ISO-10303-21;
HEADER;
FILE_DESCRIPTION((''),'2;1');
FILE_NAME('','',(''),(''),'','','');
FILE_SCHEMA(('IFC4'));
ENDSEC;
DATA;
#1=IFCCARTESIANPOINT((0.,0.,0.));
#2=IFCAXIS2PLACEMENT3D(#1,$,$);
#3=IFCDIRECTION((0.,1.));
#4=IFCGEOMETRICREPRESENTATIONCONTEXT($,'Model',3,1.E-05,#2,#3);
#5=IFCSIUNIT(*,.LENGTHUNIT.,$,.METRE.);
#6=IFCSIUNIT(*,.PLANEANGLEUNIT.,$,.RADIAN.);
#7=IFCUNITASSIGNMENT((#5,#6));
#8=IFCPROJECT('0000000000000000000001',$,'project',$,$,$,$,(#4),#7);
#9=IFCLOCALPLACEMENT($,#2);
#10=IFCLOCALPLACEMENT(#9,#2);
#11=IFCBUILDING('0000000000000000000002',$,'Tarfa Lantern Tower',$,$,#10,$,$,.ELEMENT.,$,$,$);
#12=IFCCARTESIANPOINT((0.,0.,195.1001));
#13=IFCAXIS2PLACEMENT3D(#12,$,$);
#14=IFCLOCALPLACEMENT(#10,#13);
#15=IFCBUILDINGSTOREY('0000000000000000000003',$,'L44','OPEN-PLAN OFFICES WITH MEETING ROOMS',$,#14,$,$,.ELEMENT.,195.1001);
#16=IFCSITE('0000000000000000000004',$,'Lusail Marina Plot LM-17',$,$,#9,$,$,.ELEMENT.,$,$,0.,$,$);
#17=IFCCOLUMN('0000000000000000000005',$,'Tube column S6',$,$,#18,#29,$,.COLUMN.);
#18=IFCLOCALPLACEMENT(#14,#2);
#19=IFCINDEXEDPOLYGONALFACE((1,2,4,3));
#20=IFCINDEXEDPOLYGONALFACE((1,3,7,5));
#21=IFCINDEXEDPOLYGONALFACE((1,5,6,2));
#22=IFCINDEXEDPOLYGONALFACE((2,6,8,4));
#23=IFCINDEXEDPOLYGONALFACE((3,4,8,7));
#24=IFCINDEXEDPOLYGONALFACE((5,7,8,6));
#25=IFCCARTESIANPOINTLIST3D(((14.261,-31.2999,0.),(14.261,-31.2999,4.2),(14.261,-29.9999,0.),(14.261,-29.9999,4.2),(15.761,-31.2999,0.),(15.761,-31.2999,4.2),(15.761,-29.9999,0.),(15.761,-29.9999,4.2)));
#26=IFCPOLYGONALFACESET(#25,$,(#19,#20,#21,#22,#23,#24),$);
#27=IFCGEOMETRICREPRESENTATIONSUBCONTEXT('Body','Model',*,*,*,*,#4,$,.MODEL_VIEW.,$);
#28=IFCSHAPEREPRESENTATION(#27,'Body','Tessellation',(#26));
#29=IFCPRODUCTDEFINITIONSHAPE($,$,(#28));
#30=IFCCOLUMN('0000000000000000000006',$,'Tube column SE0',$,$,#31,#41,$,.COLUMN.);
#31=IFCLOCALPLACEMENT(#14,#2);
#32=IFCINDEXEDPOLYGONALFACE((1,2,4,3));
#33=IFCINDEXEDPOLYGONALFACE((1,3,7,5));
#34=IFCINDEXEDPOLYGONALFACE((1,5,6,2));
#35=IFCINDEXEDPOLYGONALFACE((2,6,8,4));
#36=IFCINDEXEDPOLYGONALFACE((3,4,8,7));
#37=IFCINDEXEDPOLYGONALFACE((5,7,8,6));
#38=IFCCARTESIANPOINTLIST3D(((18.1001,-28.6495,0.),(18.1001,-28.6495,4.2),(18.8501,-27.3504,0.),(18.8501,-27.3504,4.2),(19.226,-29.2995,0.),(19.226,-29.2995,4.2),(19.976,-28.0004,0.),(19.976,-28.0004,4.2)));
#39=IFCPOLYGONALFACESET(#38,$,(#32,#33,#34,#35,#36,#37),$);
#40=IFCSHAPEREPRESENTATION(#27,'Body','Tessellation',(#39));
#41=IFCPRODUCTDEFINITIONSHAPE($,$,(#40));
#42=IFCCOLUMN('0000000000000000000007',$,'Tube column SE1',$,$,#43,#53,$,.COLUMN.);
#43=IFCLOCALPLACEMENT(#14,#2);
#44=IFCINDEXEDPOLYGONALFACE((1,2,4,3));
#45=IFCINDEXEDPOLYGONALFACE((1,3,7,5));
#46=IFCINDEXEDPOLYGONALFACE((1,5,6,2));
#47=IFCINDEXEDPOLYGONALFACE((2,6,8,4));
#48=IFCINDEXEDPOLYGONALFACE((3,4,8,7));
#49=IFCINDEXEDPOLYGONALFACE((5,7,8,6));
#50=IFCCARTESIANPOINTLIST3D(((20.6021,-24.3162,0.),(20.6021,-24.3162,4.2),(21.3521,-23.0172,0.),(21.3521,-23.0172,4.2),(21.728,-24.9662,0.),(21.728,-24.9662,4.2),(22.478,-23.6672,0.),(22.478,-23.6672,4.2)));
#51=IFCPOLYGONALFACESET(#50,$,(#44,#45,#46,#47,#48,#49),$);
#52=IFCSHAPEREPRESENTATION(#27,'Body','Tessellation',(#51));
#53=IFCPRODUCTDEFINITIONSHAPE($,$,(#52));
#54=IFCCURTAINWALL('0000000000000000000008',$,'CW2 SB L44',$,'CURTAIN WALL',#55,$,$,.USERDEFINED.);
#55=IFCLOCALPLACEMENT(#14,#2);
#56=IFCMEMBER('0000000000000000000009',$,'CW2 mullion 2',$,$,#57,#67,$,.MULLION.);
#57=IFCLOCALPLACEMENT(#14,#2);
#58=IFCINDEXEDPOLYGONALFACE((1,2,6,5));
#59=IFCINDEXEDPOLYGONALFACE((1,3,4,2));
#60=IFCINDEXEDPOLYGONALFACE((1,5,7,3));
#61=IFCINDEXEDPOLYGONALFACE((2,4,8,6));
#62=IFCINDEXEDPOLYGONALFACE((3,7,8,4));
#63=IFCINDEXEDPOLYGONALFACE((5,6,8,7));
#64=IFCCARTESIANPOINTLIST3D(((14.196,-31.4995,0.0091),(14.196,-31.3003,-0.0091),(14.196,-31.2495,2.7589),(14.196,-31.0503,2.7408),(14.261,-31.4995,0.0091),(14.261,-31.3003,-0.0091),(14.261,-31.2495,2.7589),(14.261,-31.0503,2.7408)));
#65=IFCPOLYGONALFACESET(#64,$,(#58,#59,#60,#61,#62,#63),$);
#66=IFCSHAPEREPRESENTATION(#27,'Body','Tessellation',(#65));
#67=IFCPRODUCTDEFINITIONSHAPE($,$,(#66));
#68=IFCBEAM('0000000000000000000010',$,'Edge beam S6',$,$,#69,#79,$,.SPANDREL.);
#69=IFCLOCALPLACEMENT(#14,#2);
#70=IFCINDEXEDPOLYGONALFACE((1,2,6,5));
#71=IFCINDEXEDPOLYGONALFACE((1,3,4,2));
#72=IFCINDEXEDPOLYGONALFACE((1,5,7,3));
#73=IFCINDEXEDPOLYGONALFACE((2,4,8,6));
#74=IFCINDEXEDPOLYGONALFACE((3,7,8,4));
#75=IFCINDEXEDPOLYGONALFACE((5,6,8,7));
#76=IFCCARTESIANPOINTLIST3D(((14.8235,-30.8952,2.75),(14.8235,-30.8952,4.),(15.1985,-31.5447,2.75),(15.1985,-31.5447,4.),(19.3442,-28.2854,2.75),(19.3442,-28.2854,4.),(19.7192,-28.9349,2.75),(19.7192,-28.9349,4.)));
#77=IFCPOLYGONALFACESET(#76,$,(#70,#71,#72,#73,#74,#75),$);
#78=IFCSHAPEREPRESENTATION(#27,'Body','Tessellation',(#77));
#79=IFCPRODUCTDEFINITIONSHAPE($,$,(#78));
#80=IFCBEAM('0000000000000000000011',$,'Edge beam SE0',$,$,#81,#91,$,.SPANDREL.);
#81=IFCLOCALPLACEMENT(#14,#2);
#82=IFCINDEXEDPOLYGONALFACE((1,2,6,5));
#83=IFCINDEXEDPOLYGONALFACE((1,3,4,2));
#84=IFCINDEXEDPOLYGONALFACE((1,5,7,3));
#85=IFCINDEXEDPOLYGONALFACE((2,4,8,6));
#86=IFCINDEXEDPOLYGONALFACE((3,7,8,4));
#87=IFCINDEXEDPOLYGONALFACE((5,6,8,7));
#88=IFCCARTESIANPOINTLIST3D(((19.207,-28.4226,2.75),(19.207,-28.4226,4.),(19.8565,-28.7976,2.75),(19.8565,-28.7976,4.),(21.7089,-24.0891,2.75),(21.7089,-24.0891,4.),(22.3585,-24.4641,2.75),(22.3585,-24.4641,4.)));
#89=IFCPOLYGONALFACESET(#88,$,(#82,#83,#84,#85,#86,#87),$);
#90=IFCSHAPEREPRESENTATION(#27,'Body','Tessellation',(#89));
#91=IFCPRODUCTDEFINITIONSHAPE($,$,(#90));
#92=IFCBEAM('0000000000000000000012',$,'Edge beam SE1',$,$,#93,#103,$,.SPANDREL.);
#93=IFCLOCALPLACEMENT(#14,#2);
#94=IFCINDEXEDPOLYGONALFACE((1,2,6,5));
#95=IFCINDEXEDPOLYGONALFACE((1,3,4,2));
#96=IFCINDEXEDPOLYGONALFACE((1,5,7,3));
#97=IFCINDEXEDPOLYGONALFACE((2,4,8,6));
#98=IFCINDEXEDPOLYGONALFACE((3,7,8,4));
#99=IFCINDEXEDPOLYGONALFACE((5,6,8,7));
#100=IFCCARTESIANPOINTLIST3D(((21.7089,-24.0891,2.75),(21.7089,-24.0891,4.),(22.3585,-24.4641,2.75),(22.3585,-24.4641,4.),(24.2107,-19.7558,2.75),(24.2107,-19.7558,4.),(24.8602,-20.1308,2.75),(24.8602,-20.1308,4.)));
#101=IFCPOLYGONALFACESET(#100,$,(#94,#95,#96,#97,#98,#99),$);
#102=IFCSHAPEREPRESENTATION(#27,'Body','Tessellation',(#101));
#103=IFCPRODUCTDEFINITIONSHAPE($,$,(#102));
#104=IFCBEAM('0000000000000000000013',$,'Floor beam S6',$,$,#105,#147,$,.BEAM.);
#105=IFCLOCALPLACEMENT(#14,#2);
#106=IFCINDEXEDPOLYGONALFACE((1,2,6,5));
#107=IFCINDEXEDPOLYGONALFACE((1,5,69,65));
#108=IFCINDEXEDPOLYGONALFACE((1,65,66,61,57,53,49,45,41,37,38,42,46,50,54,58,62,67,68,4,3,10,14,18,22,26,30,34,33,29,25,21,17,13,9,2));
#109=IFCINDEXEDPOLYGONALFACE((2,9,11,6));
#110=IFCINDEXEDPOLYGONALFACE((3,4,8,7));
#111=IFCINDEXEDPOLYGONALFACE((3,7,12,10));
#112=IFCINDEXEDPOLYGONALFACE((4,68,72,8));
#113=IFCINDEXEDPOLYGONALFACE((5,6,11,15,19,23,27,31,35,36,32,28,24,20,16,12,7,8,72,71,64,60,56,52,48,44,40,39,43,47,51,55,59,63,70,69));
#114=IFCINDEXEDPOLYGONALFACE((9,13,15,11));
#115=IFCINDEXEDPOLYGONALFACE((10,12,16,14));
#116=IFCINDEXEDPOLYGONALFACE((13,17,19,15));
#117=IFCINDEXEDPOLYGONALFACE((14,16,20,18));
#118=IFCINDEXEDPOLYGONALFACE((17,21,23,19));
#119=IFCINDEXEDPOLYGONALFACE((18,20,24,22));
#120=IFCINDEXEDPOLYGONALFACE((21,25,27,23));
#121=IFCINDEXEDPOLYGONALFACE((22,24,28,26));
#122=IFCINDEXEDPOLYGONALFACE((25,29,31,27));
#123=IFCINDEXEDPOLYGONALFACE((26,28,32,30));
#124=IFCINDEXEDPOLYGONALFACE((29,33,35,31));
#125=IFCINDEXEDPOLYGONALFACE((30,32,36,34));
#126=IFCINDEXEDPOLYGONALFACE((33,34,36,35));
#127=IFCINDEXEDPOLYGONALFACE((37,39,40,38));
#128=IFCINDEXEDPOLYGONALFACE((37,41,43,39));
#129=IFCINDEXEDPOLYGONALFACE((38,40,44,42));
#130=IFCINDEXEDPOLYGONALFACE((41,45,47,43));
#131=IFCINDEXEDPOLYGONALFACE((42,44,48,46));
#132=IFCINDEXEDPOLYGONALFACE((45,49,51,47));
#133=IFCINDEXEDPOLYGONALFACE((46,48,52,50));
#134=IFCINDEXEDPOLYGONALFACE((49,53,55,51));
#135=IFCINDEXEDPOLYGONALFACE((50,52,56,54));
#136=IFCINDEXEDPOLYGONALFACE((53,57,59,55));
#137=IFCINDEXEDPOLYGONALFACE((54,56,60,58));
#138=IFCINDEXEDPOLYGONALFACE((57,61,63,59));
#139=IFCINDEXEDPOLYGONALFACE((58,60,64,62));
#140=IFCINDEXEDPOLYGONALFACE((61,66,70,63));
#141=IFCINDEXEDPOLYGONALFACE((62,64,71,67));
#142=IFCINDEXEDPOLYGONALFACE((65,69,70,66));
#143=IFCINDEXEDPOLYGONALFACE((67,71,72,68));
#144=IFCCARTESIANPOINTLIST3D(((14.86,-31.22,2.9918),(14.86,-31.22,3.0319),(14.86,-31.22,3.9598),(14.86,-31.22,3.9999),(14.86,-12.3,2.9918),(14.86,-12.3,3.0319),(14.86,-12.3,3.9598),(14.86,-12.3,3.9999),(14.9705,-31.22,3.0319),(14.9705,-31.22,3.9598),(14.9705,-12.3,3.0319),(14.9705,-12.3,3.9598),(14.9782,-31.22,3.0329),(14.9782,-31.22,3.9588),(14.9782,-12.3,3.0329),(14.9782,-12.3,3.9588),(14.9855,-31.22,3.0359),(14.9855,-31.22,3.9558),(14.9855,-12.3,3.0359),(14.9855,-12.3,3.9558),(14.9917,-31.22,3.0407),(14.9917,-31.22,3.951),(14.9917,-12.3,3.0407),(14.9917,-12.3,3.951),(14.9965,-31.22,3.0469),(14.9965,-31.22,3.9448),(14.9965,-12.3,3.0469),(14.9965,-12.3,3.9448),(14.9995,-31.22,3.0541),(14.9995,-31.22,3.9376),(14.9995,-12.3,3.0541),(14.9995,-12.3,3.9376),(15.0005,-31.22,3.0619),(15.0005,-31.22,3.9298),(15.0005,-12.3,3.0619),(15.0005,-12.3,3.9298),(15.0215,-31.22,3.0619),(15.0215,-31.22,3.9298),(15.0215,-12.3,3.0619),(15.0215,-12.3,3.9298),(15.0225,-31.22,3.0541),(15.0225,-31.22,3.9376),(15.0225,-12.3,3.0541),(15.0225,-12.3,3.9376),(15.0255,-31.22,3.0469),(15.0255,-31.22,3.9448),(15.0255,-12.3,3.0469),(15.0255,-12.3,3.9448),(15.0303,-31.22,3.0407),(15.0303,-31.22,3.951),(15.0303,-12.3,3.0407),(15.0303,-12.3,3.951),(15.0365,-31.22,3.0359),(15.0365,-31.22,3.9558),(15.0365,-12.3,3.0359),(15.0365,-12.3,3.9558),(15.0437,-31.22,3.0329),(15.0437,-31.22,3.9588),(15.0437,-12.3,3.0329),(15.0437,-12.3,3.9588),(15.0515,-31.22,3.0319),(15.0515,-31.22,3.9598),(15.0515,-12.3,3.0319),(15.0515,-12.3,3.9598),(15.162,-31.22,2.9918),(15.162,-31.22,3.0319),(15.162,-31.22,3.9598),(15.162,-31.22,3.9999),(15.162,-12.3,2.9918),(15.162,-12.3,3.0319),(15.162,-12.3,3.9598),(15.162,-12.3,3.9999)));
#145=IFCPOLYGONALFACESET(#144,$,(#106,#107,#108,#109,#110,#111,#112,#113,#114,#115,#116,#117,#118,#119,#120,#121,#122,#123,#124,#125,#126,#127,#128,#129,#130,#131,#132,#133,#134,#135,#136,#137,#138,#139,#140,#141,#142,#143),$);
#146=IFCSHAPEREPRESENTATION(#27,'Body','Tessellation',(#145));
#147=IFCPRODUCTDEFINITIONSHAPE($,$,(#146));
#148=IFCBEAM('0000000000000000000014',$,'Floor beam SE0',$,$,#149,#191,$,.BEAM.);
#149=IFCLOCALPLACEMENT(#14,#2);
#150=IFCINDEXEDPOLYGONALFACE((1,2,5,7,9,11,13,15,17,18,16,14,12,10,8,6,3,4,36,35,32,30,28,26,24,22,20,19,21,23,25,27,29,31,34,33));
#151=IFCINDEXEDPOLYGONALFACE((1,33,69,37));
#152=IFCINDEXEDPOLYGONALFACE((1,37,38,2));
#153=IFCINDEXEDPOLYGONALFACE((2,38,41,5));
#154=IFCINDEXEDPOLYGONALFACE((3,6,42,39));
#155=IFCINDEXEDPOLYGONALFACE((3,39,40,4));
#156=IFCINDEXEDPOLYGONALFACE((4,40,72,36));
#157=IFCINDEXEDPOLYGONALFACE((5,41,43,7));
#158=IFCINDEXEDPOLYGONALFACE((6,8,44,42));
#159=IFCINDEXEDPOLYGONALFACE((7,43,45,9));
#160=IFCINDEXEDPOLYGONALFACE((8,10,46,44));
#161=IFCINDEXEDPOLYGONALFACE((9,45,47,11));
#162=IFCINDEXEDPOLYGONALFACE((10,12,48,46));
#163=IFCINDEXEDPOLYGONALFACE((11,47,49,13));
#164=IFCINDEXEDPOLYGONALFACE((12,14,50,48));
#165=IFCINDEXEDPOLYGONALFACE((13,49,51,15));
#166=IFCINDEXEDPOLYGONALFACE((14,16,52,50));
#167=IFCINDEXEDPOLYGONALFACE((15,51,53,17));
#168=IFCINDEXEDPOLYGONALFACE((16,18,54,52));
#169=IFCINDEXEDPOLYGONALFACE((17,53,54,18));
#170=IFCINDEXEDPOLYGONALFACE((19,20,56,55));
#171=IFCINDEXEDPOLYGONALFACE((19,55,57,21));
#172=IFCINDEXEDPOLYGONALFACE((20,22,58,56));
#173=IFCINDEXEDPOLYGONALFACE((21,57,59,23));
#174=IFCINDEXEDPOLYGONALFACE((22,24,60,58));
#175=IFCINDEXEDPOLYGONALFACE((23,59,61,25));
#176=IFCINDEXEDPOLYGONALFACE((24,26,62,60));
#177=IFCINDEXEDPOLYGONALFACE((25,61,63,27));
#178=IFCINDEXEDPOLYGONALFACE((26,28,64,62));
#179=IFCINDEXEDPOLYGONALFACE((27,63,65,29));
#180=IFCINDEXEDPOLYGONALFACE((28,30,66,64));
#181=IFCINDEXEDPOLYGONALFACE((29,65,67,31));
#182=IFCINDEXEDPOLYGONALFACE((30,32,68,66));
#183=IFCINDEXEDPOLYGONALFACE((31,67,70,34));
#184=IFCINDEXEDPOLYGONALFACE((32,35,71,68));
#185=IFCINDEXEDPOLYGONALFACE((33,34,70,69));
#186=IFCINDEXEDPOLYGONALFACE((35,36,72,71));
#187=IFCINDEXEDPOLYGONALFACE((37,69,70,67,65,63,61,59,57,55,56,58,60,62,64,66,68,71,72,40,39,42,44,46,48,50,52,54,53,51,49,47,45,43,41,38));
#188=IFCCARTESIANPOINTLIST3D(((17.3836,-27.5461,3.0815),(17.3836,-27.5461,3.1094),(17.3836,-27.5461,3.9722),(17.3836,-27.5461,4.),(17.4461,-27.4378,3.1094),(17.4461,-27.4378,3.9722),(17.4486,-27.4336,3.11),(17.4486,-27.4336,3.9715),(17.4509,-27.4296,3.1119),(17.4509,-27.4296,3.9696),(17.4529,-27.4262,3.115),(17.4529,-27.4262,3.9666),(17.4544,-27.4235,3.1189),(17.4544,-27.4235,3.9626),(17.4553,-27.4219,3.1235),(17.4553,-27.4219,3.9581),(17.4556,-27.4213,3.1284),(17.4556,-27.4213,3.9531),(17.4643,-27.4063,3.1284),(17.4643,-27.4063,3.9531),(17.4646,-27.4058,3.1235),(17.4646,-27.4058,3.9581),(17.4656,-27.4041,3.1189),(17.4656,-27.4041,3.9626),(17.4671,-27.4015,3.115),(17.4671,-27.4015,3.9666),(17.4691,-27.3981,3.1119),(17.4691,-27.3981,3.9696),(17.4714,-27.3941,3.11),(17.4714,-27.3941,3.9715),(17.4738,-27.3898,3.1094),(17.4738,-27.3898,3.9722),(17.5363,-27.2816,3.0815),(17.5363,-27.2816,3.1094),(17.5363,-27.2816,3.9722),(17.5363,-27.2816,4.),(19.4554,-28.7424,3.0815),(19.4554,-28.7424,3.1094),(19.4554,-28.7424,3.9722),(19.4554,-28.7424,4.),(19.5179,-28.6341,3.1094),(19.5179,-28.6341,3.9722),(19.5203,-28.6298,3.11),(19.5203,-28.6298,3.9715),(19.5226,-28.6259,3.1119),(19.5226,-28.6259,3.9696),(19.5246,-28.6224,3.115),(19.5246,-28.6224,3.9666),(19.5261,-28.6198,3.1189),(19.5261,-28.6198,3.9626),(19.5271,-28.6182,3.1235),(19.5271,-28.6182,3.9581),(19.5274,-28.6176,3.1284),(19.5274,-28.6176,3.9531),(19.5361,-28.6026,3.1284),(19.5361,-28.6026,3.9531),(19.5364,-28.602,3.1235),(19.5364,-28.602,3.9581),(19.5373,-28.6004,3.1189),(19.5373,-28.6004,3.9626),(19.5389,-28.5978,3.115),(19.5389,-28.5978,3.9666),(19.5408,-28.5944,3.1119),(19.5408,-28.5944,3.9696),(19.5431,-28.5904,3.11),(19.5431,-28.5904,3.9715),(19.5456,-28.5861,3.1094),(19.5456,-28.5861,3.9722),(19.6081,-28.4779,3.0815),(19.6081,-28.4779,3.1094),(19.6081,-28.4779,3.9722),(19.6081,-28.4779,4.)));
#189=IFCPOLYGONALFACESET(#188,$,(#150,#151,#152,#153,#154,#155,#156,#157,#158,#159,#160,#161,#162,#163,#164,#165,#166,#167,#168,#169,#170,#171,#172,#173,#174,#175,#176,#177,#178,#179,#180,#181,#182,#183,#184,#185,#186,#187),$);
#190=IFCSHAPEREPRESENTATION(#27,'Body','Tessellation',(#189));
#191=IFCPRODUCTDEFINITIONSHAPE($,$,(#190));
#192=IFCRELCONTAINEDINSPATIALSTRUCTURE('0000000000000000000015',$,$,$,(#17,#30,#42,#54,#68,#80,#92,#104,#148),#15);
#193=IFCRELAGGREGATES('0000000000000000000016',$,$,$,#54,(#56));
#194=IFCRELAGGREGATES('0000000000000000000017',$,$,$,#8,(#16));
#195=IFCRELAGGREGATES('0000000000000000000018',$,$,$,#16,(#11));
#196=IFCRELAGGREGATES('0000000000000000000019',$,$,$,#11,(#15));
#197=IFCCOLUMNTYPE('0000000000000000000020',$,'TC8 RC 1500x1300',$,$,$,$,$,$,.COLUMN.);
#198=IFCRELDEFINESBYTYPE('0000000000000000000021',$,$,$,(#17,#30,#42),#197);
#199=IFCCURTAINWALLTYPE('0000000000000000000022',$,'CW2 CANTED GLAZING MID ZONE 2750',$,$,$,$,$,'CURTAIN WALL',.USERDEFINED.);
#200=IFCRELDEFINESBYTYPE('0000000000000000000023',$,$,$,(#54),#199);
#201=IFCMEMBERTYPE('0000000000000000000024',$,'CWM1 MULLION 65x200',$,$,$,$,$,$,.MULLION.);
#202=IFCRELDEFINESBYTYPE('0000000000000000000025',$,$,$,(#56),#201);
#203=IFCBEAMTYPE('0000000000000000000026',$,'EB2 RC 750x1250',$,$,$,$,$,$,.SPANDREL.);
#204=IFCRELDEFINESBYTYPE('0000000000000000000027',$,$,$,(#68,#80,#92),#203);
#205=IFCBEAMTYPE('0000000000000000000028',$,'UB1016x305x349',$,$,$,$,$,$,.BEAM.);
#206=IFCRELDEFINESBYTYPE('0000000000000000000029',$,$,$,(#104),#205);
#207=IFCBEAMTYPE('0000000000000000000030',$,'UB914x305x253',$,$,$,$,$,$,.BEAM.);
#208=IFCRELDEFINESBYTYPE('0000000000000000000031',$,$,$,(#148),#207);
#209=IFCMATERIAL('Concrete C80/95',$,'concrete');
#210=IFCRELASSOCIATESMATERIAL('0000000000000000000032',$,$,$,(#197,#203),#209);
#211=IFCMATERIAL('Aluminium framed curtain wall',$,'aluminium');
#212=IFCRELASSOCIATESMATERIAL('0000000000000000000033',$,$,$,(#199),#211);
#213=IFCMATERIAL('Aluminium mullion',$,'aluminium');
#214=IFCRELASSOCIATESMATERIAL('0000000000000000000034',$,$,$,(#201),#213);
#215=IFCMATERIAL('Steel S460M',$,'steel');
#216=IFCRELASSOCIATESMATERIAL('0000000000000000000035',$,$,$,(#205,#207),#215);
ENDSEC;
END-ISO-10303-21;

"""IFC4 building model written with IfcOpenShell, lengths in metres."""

from ifc_helpers import new_model, si_unit, direction, frame, origin, origin_2d, place, context, subcontext, project, spatial, rectangle, i_section, extrude, material, material_profile, profile_set, type_object, element, aggregate, save


model = new_model("IFC4")

# Units and contexts
model_context = context("Model", 3, precision=1e-05, world=origin(), true_north=direction((0.0, 1.0)))
body_context = subcontext(model_context, "Body", "Model", "MODEL_VIEW")
ifc_project = project(units=[si_unit("LENGTHUNIT", "METRE"), si_unit("PLANEANGLEUNIT", "RADIAN")], contexts=[model_context])

# Site, building, storey
site_placement = place(None, origin())
site = spatial("IfcSite", under=ifc_project, at=site_placement, Name="Lusail Marina Plot LM-17", CompositionType="ELEMENT", RefElevation=0.0)
building_placement = place(site_placement, origin())
building = spatial("IfcBuilding", under=site, at=building_placement, Name="Tarfa Lantern Tower", CompositionType="ELEMENT")
storey_placement = place(building_placement, frame((0.0, 0.0, 195.1001)))
storey = spatial("IfcBuildingStorey", under=building, at=storey_placement, Name="L44", Description="OPEN-PLAN OFFICES WITH MEETING ROOMS", CompositionType="ELEMENT", Elevation=195.1001)

# Columns
ifc_material_1 = material(Name="Concrete C80/95", Category="concrete")
ifc_material_profile_1 = material_profile(ifc_material_1, rectangle(XDim=1.5, YDim=1.3, at=origin_2d()), Name="RC 1500x1300")
ifc_profile_set_1 = profile_set([ifc_material_profile_1], Name="Concrete C80/95")
column_type = type_object("IfcColumnType", Name="TC8 RC 1500x1300", PredefinedType="COLUMN", material=ifc_profile_set_1)
for number, where, z_axis, x_axis, name in (
    (1, (15.011, -30.6499, 0.0), (0.0, 0.0, 1.0), (1.0, 0.0, 0.0), "Tube column S6"),
    (2, (19.0381, -28.325, 0.0), (0.0, 0.0, 1.0), (0.5, 0.866025, 0.0), "Tube column SE0"),
    (3, (21.54, -23.9917, 0.0), (0.0, 0.0, 1.0), (0.5, 0.866025, 0.0), "Tube column SE1"),
):
    element("IfcColumn", number, at=place(storey_placement, frame(where, z_axis=z_axis, x_axis=x_axis)), inside=storey, type_object=column_type, Name=name, PredefinedType="COLUMN", context=body_context, shape_type="SweptSolid", body=[
        extrude(rectangle(XDim=1.5, YDim=1.3, at=origin_2d()), origin(), (0.0, 0.0, 1.0), 4.2),
    ])

# Curtain wall, member
ifc_material_2 = material(Name="Aluminium framed curtain wall", Category="aluminium")
curtain_wall_type = type_object("IfcCurtainWallType", Name="CW2 CANTED GLAZING MID ZONE 2750", ElementType="CURTAIN WALL", PredefinedType="USERDEFINED", material=ifc_material_2)
curtain_wall_placement = place(storey_placement, origin())
curtain_wall = element("IfcCurtainWall", 4, at=curtain_wall_placement, inside=storey, type_object=curtain_wall_type, Name="CW2 SB L44", ObjectType="CURTAIN WALL", PredefinedType="USERDEFINED")
ifc_material_3 = material(Name="Aluminium mullion", Category="aluminium")
ifc_material_profile_2 = material_profile(ifc_material_3, rectangle(XDim=0.0649, YDim=0.2, at=origin_2d()), Name="AL MULLION 65x200")
ifc_profile_set_2 = profile_set([ifc_material_profile_2], Name="Aluminium mullion")
member_type = type_object("IfcMemberType", Name="CWM1 MULLION 65x200", PredefinedType="MULLION", material=ifc_profile_set_2)
member_placement = place(storey_placement, frame((14.2285, -31.3999, 0.0), z_axis=(0.0, 0.090536, 0.995893), x_axis=(-1.0, 0.0, 0.0)))
member = element("IfcMember", 5, at=member_placement, type_object=member_type, Name="CW2 mullion 2", PredefinedType="MULLION", context=body_context, shape_type="SweptSolid", body=[
    extrude(rectangle(XDim=0.0649, YDim=0.2, at=origin_2d()), origin(), (0.0, 0.0, 1.0), 2.7612),
])
aggregate(curtain_wall, [member])

# Beams
ifc_material_profile_3 = material_profile(ifc_material_1, rectangle(XDim=0.75, YDim=1.25, at=origin_2d()), Name="RC 750x1250")
ifc_profile_set_3 = profile_set([ifc_material_profile_3], Name="Concrete C80/95")
beam_type_1 = type_object("IfcBeamType", Name="EB2 RC 750x1250", PredefinedType="SPANDREL", material=ifc_profile_set_3)
beam_1_placement = place(storey_placement, frame((15.011, -31.22, 3.375), z_axis=(0.866042, 0.499972, 0.0), x_axis=(-0.499972, 0.866042, 0.0)))
element("IfcBeam", 6, at=beam_1_placement, inside=storey, type_object=beam_type_1, Name="Edge beam S6", PredefinedType="SPANDREL", context=body_context, shape_type="SweptSolid", body=[
    extrude(rectangle(XDim=0.75, YDim=1.25, at=origin_2d()), origin(), (0.0, 0.0, 1.0), 5.22),
])
beam_2_placement = place(storey_placement, frame((19.5317, -28.6101, 3.375), z_axis=(0.500001, 0.866025, 0.0), x_axis=(-0.866025, 0.500001, 0.0)))
element("IfcBeam", 7, at=beam_2_placement, inside=storey, type_object=beam_type_1, Name="Edge beam SE0", PredefinedType="SPANDREL", context=body_context, shape_type="SweptSolid", body=[
    extrude(rectangle(XDim=0.75, YDim=1.25, at=origin_2d()), origin(), (0.0, 0.0, 1.0), 5.0039),
])
beam_3_placement = place(storey_placement, frame((22.0337, -24.2766, 3.375), z_axis=(0.499986, 0.866034, 0.0), x_axis=(-0.866034, 0.499986, 0.0)))
element("IfcBeam", 8, at=beam_3_placement, inside=storey, type_object=beam_type_1, Name="Edge beam SE1", PredefinedType="SPANDREL", context=body_context, shape_type="SweptSolid", body=[
    extrude(rectangle(XDim=0.75, YDim=1.25, at=origin_2d()), origin(), (0.0, 0.0, 1.0), 5.0037),
])
ifc_material_4 = material(Name="Steel S460M", Category="steel")
ifc_material_profile_4 = material_profile(ifc_material_4, i_section(OverallWidth=0.302, OverallDepth=1.0081, WebThickness=0.021, FlangeThickness=0.04, FilletRadius=0.03, at=origin_2d()), Name="UB1016x305x349")
ifc_profile_set_4 = profile_set([ifc_material_profile_4], Name="Steel S460M")
beam_type_2 = type_object("IfcBeamType", Name="UB1016x305x349", PredefinedType="BEAM", material=ifc_profile_set_4)
beam_4_placement = place(storey_placement, frame((15.011, -31.22, 3.4958), z_axis=(0.0, 1.0, 0.0), x_axis=(-1.0, 0.0, 0.0)))
element("IfcBeam", 9, at=beam_4_placement, inside=storey, type_object=beam_type_2, Name="Floor beam S6", PredefinedType="BEAM", context=body_context, shape_type="SweptSolid", body=[
    extrude(i_section(OverallWidth=0.302, OverallDepth=1.0081, WebThickness=0.021, FlangeThickness=0.04, FilletRadius=0.03, at=origin_2d()), origin(), (0.0, 0.0, 1.0), 18.9199),
])
ifc_material_profile_5 = material_profile(ifc_material_4, i_section(OverallWidth=0.3054, OverallDepth=0.9185, WebThickness=0.0173, FlangeThickness=0.0278, FilletRadius=0.019, at=origin_2d()), Name="UB914x305x253")
ifc_profile_set_5 = profile_set([ifc_material_profile_5], Name="Steel S460M")
beam_type_3 = type_object("IfcBeamType", Name="UB914x305x253", PredefinedType="BEAM", material=ifc_profile_set_5)
beam_5_placement = place(storey_placement, frame((19.5317, -28.6101, 3.5408), z_axis=(-0.865999, 0.500046, 0.0), x_axis=(-0.500046, -0.865999, 0.0)))
element("IfcBeam", 10, at=beam_5_placement, inside=storey, type_object=beam_type_3, Name="Floor beam SE0", PredefinedType="BEAM", context=body_context, shape_type="SweptSolid", body=[
    extrude(i_section(OverallWidth=0.3054, OverallDepth=0.9185, WebThickness=0.0173, FlangeThickness=0.0278, FilletRadius=0.019, at=origin_2d()), origin(), (0.0, 0.0, 1.0), 2.3923),
])

save(model, "model.ifc")
